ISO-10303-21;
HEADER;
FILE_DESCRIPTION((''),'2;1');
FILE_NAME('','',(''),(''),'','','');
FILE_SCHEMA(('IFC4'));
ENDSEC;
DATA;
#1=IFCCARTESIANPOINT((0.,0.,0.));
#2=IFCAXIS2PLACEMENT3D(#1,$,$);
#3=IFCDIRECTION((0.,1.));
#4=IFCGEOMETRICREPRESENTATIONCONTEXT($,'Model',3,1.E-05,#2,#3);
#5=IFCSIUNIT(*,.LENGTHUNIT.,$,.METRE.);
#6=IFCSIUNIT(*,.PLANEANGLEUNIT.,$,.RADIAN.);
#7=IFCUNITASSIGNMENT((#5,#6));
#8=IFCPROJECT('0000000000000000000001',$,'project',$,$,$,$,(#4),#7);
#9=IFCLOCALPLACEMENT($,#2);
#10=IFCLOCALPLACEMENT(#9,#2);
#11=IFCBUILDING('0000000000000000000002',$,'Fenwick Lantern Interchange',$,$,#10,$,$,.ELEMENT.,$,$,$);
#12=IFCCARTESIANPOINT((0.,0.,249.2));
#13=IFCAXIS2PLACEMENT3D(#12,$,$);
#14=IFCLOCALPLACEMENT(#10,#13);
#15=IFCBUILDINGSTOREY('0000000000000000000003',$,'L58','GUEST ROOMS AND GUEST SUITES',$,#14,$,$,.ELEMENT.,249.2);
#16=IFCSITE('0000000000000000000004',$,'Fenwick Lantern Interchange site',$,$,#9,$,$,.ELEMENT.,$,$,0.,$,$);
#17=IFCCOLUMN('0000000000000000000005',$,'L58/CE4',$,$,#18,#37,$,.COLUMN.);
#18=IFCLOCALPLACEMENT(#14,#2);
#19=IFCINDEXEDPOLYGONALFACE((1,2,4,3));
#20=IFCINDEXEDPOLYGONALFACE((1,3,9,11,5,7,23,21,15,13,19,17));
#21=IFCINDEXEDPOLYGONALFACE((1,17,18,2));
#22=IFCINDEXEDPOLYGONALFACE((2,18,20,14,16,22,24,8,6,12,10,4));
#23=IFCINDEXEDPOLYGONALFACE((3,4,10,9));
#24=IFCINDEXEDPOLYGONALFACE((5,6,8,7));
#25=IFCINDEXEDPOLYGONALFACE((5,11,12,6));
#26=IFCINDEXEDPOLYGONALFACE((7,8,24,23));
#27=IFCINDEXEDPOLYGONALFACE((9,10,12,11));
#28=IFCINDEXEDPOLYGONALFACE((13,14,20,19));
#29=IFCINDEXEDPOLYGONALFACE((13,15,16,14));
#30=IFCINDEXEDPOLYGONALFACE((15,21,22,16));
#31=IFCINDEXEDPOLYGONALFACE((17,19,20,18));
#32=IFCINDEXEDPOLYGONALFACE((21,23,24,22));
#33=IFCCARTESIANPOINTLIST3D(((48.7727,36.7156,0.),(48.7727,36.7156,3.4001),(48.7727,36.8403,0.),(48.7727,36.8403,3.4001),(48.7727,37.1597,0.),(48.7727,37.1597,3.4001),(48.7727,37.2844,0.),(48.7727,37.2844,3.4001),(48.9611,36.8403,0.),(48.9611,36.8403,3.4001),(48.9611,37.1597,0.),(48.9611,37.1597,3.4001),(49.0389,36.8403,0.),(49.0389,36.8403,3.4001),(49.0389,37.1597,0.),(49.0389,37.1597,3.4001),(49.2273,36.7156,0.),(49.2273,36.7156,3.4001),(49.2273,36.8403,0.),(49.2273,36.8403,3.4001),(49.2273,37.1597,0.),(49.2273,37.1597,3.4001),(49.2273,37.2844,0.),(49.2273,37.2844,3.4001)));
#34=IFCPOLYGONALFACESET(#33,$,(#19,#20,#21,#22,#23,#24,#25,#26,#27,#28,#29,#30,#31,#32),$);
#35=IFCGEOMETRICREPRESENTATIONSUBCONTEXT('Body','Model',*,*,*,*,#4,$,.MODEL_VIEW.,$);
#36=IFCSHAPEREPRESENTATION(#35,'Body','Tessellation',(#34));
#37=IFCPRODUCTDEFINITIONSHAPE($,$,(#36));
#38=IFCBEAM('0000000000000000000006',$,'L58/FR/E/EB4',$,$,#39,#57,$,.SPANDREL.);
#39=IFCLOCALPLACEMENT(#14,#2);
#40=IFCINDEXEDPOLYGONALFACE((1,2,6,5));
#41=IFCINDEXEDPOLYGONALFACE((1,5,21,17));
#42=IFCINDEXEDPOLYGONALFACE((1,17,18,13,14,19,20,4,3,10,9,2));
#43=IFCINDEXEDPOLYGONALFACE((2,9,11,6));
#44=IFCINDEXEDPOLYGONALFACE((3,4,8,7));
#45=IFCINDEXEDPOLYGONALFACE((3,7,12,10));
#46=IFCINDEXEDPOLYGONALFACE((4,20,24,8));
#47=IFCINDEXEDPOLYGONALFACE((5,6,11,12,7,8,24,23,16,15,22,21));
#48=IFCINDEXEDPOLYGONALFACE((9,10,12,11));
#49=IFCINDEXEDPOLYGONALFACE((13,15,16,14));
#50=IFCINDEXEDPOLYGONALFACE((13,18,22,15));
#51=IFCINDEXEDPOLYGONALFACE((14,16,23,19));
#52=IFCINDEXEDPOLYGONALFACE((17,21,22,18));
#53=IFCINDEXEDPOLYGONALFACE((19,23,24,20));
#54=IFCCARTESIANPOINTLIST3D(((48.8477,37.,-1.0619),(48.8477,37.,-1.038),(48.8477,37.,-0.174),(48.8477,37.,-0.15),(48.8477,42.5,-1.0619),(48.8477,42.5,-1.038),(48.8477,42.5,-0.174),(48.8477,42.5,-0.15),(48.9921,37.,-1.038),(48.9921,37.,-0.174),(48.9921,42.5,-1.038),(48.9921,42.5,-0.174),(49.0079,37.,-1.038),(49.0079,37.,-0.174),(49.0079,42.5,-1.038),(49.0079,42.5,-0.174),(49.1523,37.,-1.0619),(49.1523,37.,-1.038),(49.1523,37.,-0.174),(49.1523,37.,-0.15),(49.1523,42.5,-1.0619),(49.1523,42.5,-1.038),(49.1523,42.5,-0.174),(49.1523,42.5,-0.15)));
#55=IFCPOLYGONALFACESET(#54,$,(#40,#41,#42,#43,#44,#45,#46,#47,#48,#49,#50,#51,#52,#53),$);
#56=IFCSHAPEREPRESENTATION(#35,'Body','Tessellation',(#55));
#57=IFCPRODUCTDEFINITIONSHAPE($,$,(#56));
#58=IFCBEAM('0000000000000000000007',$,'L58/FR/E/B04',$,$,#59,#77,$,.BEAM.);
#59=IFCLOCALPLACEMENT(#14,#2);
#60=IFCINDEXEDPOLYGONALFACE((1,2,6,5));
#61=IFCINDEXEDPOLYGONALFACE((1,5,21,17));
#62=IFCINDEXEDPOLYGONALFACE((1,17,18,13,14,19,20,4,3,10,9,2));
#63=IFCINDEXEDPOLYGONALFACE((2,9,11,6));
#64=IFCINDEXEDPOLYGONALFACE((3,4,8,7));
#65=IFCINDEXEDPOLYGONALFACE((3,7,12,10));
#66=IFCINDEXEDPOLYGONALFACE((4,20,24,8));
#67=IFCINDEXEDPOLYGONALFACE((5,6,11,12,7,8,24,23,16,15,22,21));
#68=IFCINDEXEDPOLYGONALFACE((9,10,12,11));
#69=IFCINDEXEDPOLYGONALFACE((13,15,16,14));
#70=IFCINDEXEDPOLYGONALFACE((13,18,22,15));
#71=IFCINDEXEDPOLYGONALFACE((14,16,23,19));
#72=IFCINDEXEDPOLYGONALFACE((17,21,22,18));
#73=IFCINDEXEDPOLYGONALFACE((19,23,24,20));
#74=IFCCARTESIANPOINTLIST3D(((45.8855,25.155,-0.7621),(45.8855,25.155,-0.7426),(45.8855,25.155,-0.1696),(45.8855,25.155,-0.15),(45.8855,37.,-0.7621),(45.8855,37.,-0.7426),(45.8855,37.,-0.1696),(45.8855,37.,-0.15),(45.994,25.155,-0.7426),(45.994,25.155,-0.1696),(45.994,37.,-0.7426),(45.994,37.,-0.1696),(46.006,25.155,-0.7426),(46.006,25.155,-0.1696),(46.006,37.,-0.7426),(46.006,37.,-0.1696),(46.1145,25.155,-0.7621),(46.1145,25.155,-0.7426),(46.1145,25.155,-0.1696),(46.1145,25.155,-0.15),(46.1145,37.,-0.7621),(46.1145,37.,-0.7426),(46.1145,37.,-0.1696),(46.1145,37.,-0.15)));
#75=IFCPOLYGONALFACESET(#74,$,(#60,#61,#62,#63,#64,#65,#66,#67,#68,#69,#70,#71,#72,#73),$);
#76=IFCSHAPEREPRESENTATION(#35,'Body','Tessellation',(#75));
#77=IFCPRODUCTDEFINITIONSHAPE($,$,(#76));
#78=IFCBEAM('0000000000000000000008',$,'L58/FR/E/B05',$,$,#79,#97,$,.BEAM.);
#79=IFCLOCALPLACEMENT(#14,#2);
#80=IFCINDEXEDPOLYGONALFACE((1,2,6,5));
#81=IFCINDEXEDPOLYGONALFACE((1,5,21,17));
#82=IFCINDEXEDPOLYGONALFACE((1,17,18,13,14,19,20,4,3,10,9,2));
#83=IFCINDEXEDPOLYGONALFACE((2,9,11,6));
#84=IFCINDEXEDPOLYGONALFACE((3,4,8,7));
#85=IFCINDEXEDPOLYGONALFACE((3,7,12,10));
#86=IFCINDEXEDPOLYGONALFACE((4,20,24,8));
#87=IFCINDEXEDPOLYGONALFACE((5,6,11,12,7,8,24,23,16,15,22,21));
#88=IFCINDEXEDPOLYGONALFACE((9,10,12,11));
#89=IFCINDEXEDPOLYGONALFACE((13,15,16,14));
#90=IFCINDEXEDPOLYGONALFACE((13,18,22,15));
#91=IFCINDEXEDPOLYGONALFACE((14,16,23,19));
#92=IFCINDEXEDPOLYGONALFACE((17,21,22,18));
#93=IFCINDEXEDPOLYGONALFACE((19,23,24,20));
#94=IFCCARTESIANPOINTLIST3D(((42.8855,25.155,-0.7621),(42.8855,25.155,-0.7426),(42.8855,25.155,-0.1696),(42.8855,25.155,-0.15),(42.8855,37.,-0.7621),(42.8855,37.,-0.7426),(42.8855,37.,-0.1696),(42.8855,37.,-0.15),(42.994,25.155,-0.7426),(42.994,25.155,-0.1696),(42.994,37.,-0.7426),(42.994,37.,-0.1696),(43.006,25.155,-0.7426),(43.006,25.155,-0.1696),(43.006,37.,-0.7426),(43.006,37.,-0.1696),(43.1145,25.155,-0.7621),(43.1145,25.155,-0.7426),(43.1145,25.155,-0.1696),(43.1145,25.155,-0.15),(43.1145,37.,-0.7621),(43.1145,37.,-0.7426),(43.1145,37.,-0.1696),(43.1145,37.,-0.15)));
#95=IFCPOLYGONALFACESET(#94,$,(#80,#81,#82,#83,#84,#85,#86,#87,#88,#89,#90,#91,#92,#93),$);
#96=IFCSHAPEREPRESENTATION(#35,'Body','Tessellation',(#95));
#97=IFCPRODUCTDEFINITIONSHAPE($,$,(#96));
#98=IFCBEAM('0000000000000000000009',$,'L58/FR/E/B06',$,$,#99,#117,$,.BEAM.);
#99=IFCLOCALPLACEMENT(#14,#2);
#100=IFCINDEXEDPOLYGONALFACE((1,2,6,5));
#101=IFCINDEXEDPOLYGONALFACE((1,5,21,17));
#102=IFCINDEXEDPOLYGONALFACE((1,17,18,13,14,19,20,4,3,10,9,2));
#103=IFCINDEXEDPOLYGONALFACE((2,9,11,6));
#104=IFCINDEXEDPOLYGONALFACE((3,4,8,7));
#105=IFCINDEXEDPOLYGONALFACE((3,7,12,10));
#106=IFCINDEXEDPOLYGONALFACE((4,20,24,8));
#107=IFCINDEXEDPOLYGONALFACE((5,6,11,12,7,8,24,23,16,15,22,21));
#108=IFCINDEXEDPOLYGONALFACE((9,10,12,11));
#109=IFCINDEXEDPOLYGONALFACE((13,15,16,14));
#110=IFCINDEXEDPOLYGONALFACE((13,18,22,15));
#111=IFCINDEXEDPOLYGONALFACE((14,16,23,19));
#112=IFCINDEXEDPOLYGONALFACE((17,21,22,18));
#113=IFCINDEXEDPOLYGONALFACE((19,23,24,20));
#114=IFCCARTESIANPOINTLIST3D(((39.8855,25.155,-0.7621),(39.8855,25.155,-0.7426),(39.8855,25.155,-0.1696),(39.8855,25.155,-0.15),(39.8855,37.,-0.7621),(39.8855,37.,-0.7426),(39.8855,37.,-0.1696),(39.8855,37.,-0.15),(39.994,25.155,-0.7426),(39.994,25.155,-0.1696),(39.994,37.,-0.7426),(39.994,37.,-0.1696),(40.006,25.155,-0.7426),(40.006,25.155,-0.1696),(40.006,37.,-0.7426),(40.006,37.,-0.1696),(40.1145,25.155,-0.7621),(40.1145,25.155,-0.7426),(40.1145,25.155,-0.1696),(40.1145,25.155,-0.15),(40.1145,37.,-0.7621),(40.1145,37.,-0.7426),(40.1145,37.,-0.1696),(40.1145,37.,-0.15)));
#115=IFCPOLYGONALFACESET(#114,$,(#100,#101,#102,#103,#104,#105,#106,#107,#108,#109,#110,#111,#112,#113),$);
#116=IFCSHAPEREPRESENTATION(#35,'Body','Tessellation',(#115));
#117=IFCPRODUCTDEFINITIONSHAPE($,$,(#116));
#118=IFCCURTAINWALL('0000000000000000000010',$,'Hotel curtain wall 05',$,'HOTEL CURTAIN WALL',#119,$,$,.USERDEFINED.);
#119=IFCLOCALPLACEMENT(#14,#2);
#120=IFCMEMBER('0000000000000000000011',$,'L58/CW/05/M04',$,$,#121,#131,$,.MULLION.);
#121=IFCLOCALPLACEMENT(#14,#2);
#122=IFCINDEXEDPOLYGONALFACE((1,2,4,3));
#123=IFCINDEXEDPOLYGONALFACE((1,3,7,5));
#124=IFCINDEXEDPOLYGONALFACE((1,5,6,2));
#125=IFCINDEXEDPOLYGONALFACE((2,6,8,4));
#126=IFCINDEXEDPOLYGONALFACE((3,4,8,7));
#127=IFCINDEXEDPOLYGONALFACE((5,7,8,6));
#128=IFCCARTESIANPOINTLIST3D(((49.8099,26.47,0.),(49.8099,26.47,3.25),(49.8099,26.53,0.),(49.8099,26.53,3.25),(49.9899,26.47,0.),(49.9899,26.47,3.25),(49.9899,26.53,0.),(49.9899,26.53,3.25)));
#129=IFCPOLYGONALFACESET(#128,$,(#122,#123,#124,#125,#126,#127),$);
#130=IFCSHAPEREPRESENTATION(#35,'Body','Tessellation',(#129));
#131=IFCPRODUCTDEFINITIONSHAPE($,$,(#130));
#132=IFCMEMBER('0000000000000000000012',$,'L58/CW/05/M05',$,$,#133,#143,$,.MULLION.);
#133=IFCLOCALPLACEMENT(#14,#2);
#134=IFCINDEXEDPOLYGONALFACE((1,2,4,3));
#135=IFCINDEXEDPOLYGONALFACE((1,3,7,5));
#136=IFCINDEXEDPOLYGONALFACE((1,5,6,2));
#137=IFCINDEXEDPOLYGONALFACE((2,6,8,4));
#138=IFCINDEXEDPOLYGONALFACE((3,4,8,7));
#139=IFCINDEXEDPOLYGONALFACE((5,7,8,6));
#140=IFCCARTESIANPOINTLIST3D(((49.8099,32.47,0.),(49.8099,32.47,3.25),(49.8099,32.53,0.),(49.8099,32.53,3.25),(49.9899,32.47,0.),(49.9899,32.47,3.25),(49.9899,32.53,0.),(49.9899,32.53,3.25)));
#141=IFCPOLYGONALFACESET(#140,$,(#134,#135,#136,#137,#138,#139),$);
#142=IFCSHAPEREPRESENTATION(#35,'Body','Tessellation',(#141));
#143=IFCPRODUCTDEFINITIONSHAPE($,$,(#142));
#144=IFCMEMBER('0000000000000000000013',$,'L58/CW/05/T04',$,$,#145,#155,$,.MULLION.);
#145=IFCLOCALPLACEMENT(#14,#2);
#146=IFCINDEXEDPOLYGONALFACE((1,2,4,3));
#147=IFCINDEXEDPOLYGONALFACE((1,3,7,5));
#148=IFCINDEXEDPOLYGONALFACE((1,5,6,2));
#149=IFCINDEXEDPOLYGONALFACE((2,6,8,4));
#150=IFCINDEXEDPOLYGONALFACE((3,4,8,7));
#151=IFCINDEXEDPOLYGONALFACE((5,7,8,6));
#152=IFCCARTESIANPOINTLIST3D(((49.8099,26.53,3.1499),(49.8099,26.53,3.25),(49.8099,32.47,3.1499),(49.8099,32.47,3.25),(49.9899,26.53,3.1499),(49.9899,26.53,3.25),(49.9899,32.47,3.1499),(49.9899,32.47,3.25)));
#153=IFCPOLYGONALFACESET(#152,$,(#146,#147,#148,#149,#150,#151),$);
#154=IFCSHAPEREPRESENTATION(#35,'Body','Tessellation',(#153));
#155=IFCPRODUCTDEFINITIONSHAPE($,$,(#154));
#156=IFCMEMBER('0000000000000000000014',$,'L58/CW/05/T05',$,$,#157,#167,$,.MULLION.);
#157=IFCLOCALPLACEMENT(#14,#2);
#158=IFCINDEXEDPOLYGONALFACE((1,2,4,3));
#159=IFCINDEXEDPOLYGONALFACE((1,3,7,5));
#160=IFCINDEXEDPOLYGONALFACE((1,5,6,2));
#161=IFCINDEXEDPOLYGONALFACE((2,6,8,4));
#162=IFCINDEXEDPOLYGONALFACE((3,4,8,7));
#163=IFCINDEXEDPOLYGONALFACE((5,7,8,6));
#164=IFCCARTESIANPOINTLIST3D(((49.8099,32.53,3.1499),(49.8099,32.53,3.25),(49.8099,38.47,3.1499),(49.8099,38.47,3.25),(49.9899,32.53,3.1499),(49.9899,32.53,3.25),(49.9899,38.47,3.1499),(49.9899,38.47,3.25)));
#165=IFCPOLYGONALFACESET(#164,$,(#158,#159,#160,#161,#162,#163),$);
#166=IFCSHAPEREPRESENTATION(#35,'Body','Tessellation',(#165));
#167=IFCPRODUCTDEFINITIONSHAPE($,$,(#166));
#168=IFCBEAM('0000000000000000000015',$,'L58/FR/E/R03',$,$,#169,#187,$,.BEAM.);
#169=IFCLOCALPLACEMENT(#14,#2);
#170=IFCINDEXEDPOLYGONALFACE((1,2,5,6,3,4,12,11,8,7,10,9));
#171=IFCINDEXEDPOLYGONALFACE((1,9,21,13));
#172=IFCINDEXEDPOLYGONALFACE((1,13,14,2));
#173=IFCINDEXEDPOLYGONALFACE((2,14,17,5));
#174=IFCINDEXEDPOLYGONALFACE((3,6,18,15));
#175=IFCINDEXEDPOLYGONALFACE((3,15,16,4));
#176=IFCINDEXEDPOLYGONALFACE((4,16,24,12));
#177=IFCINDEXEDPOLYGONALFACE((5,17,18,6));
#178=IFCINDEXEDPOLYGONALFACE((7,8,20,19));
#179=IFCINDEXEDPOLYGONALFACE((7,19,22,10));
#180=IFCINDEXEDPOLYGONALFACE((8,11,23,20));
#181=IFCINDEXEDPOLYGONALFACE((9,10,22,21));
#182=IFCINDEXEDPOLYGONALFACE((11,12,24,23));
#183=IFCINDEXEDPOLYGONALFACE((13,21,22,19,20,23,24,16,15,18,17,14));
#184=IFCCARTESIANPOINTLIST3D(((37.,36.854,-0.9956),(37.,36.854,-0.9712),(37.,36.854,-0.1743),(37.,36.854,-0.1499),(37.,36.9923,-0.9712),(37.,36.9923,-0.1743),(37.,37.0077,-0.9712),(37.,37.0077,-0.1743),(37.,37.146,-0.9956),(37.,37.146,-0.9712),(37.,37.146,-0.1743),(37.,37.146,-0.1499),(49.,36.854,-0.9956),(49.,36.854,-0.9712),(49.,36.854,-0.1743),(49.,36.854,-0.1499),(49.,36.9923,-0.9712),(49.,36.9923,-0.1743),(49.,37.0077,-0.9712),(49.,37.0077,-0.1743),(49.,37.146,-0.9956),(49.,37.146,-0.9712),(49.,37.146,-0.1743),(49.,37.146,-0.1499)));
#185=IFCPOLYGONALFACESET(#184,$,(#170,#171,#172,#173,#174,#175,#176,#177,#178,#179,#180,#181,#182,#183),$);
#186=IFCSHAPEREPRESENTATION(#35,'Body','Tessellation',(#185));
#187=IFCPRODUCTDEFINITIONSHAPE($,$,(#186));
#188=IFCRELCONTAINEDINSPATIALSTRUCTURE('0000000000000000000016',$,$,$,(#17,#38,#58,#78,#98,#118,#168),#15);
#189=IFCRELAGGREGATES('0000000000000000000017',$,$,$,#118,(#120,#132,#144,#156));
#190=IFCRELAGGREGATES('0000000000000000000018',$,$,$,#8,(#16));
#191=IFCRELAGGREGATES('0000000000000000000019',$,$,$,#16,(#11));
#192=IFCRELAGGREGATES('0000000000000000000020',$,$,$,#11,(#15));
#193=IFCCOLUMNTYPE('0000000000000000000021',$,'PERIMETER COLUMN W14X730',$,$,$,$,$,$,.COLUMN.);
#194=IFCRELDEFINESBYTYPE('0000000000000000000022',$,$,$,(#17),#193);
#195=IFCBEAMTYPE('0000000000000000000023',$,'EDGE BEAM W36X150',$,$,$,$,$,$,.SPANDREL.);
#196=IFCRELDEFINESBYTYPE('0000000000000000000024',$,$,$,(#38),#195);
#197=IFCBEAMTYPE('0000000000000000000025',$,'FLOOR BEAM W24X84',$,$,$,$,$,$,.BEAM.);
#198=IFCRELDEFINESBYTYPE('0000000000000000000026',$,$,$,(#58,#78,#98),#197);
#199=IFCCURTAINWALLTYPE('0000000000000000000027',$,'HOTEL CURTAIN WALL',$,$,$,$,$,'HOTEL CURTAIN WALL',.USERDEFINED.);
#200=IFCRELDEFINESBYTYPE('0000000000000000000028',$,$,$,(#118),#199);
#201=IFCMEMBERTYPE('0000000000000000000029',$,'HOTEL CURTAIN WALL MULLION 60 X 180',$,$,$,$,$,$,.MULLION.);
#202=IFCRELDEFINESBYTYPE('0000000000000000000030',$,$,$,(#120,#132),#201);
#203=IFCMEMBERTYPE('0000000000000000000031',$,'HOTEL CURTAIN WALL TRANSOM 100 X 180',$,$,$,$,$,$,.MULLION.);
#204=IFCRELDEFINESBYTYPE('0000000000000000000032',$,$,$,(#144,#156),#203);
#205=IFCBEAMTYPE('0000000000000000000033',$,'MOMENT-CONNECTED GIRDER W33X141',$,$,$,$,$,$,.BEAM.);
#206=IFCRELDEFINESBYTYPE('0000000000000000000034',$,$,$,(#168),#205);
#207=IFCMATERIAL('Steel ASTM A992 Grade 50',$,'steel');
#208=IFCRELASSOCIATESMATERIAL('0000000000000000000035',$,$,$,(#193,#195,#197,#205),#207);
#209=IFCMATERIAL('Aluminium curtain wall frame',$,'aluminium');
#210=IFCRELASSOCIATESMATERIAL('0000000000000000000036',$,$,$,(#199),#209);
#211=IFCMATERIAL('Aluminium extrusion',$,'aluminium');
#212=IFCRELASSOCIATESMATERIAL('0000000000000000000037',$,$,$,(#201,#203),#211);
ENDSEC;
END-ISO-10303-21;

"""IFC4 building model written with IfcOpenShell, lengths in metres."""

from ifc_helpers import new_model, si_unit, direction, frame, origin, origin_2d, place, context, subcontext, project, spatial, rectangle, i_section, extrude, material, material_profile, profile_set, type_object, element, aggregate, save


model = new_model("IFC4")

# Units and contexts
model_context = context("Model", 3, precision=1e-05, world=origin(), true_north=direction((0.0, 1.0)))
body_context = subcontext(model_context, "Body", "Model", "MODEL_VIEW")
ifc_project = project(units=[si_unit("LENGTHUNIT", "METRE"), si_unit("PLANEANGLEUNIT", "RADIAN")], contexts=[model_context])

# Site, building, storey
site_placement = place(None, origin())
site = spatial("IfcSite", under=ifc_project, at=site_placement, Name="Fenwick Lantern Interchange site", CompositionType="ELEMENT", RefElevation=0.0)
building_placement = place(site_placement, origin())
building = spatial("IfcBuilding", under=site, at=building_placement, Name="Fenwick Lantern Interchange", CompositionType="ELEMENT")
storey_placement = place(building_placement, frame((0.0, 0.0, 249.2)))
storey = spatial("IfcBuildingStorey", under=building, at=storey_placement, Name="L58", Description="GUEST ROOMS AND GUEST SUITES", CompositionType="ELEMENT", Elevation=249.2)

# Column
ifc_material_1 = material(Name="Steel ASTM A992 Grade 50", Category="steel")
ifc_material_profile_1 = material_profile(ifc_material_1, i_section(OverallWidth=0.4546, OverallDepth=0.5688, WebThickness=0.0779, FlangeThickness=0.1248, at=origin_2d()), Name="W14X730")
ifc_profile_set_1 = profile_set([ifc_material_profile_1], Name="Steel ASTM A992 Grade 50")
column_type = type_object("IfcColumnType", Name="PERIMETER COLUMN W14X730", PredefinedType="COLUMN", material=ifc_profile_set_1)
column_placement = place(storey_placement, frame((49.0, 37.0, 0.0), z_axis=(0.0, 0.0, 1.0), x_axis=(1.0, 0.0, 0.0)))
element("IfcColumn", 1, at=column_placement, inside=storey, type_object=column_type, Name="L58/CE4", PredefinedType="COLUMN", context=body_context, shape_type="SweptSolid", body=[
    extrude(i_section(OverallWidth=0.4546, OverallDepth=0.5688, WebThickness=0.0779, FlangeThickness=0.1248, at=origin_2d()), origin(), (0.0, 0.0, 1.0), 3.4001),
])

# Beams
ifc_material_profile_2 = material_profile(ifc_material_1, i_section(OverallWidth=0.3047, OverallDepth=0.9119, WebThickness=0.0159, FlangeThickness=0.0239, at=origin_2d()), Name="W36X150")
ifc_profile_set_2 = profile_set([ifc_material_profile_2], Name="Steel ASTM A992 Grade 50")
beam_type_1 = type_object("IfcBeamType", Name="EDGE BEAM W36X150", PredefinedType="SPANDREL", material=ifc_profile_set_2)
beam_1_placement = place(storey_placement, frame((49.0, 37.0, -0.606), z_axis=(0.0, 1.0, 0.0), x_axis=(-1.0, 0.0, 0.0)))
element("IfcBeam", 2, at=beam_1_placement, inside=storey, type_object=beam_type_1, Name="L58/FR/E/EB4", PredefinedType="SPANDREL", context=body_context, shape_type="SweptSolid", body=[
    extrude(i_section(OverallWidth=0.3047, OverallDepth=0.9119, WebThickness=0.0159, FlangeThickness=0.0239, at=origin_2d()), origin(), (0.0, 0.0, 1.0), 5.5),
])
ifc_material_profile_3 = material_profile(ifc_material_1, i_section(OverallWidth=0.229, OverallDepth=0.6121, WebThickness=0.012, FlangeThickness=0.0195, at=origin_2d()), Name="W24X84")
ifc_profile_set_3 = profile_set([ifc_material_profile_3], Name="Steel ASTM A992 Grade 50")
beam_type_2 = type_object("IfcBeamType", Name="FLOOR BEAM W24X84", PredefinedType="BEAM", material=ifc_profile_set_3)
for number, where, z_axis, x_axis, name in (
    (3, (46.0, 25.155, -0.4561), (0.0, 1.0, 0.0), (-1.0, 0.0, 0.0), "L58/FR/E/B04"),
    (4, (43.0, 25.155, -0.4561), (0.0, 1.0, 0.0), (-1.0, 0.0, 0.0), "L58/FR/E/B05"),
    (5, (40.0, 25.155, -0.4561), (0.0, 1.0, 0.0), (-1.0, 0.0, 0.0), "L58/FR/E/B06"),
):
    element("IfcBeam", number, at=place(storey_placement, frame(where, z_axis=z_axis, x_axis=x_axis)), inside=storey, type_object=beam_type_2, Name=name, PredefinedType="BEAM", context=body_context, shape_type="SweptSolid", body=[
        extrude(i_section(OverallWidth=0.229, OverallDepth=0.6121, WebThickness=0.012, FlangeThickness=0.0195, at=origin_2d()), origin(), (0.0, 0.0, 1.0), 11.845),
    ])

# Curtain wall, members
ifc_material_2 = material(Name="Aluminium curtain wall frame", Category="aluminium")
curtain_wall_type = type_object("IfcCurtainWallType", Name="HOTEL CURTAIN WALL", ElementType="HOTEL CURTAIN WALL", PredefinedType="USERDEFINED", material=ifc_material_2)
curtain_wall_placement = place(storey_placement, origin())
curtain_wall = element("IfcCurtainWall", 6, at=curtain_wall_placement, inside=storey, type_object=curtain_wall_type, Name="Hotel curtain wall 05", ObjectType="HOTEL CURTAIN WALL", PredefinedType="USERDEFINED")
ifc_material_3 = material(Name="Aluminium extrusion", Category="aluminium")
ifc_material_profile_4 = material_profile(ifc_material_3, rectangle(XDim=0.1799, YDim=0.0601, at=origin_2d()), Name="HOTEL CURTAIN WALL MULLION 60 X 180")
ifc_profile_set_4 = profile_set([ifc_material_profile_4], Name="Aluminium extrusion")
member_type_1 = type_object("IfcMemberType", Name="HOTEL CURTAIN WALL MULLION 60 X 180", PredefinedType="MULLION", material=ifc_profile_set_4)
member_1_placement = place(storey_placement, frame((49.8999, 26.5, 0.0), z_axis=(0.0, 0.0, 1.0), x_axis=(-1.0, 0.0, 0.0)))
member_1 = element("IfcMember", 7, at=member_1_placement, type_object=member_type_1, Name="L58/CW/05/M04", PredefinedType="MULLION", context=body_context, shape_type="SweptSolid", body=[
    extrude(rectangle(XDim=0.1799, YDim=0.0601, at=origin_2d()), origin(), (0.0, 0.0, 1.0), 3.25),
])
member_2_placement = place(storey_placement, frame((49.8999, 32.5, 0.0), z_axis=(0.0, 0.0, 1.0), x_axis=(-1.0, 0.0, 0.0)))
member_2 = element("IfcMember", 8, at=member_2_placement, type_object=member_type_1, Name="L58/CW/05/M05", PredefinedType="MULLION", context=body_context, shape_type="SweptSolid", body=[
    extrude(rectangle(XDim=0.1799, YDim=0.0601, at=origin_2d()), origin(), (0.0, 0.0, 1.0), 3.25),
])
ifc_material_profile_5 = material_profile(ifc_material_3, rectangle(XDim=0.1799, YDim=0.1001, at=origin_2d()), Name="HOTEL CURTAIN WALL TRANSOM 100 X 180")
ifc_profile_set_5 = profile_set([ifc_material_profile_5], Name="Aluminium extrusion")
member_type_2 = type_object("IfcMemberType", Name="HOTEL CURTAIN WALL TRANSOM 100 X 180", PredefinedType="MULLION", material=ifc_profile_set_5)
member_3_placement = place(storey_placement, frame((49.8999, 26.53, 3.2), z_axis=(0.0, 1.0, 0.0), x_axis=(-1.0, 0.0, 0.0)))
member_3 = element("IfcMember", 9, at=member_3_placement, type_object=member_type_2, Name="L58/CW/05/T04", PredefinedType="MULLION", context=body_context, shape_type="SweptSolid", body=[
    extrude(rectangle(XDim=0.1799, YDim=0.1001, at=origin_2d()), origin(), (0.0, 0.0, 1.0), 5.9399),
])
member_4_placement = place(storey_placement, frame((49.8999, 32.53, 3.2), z_axis=(0.0, 1.0, 0.0), x_axis=(-1.0, 0.0, 0.0)))
member_4 = element("IfcMember", 10, at=member_4_placement, type_object=member_type_2, Name="L58/CW/05/T05", PredefinedType="MULLION", context=body_context, shape_type="SweptSolid", body=[
    extrude(rectangle(XDim=0.1799, YDim=0.1001, at=origin_2d()), origin(), (0.0, 0.0, 1.0), 5.9399),
])

# Beam
ifc_material_profile_6 = material_profile(ifc_material_1, i_section(OverallWidth=0.292, OverallDepth=0.8457, WebThickness=0.0154, FlangeThickness=0.0244, at=origin_2d()), Name="W33X141")
ifc_profile_set_6 = profile_set([ifc_material_profile_6], Name="Steel ASTM A992 Grade 50")
beam_type_3 = type_object("IfcBeamType", Name="MOMENT-CONNECTED GIRDER W33X141", PredefinedType="BEAM", material=ifc_profile_set_6)
beam_2_placement = place(storey_placement, frame((49.0, 37.0, -0.5728), z_axis=(-1.0, 0.0, 0.0), x_axis=(0.0, -1.0, 0.0)))
element("IfcBeam", 11, at=beam_2_placement, inside=storey, type_object=beam_type_3, Name="L58/FR/E/R03", PredefinedType="BEAM", context=body_context, shape_type="SweptSolid", body=[
    extrude(i_section(OverallWidth=0.292, OverallDepth=0.8457, WebThickness=0.0154, FlangeThickness=0.0244, at=origin_2d()), origin(), (0.0, 0.0, 1.0), 12.0),
])

aggregate(curtain_wall, [member_1, member_2, member_3, member_4])

save(model, "model.ifc")
